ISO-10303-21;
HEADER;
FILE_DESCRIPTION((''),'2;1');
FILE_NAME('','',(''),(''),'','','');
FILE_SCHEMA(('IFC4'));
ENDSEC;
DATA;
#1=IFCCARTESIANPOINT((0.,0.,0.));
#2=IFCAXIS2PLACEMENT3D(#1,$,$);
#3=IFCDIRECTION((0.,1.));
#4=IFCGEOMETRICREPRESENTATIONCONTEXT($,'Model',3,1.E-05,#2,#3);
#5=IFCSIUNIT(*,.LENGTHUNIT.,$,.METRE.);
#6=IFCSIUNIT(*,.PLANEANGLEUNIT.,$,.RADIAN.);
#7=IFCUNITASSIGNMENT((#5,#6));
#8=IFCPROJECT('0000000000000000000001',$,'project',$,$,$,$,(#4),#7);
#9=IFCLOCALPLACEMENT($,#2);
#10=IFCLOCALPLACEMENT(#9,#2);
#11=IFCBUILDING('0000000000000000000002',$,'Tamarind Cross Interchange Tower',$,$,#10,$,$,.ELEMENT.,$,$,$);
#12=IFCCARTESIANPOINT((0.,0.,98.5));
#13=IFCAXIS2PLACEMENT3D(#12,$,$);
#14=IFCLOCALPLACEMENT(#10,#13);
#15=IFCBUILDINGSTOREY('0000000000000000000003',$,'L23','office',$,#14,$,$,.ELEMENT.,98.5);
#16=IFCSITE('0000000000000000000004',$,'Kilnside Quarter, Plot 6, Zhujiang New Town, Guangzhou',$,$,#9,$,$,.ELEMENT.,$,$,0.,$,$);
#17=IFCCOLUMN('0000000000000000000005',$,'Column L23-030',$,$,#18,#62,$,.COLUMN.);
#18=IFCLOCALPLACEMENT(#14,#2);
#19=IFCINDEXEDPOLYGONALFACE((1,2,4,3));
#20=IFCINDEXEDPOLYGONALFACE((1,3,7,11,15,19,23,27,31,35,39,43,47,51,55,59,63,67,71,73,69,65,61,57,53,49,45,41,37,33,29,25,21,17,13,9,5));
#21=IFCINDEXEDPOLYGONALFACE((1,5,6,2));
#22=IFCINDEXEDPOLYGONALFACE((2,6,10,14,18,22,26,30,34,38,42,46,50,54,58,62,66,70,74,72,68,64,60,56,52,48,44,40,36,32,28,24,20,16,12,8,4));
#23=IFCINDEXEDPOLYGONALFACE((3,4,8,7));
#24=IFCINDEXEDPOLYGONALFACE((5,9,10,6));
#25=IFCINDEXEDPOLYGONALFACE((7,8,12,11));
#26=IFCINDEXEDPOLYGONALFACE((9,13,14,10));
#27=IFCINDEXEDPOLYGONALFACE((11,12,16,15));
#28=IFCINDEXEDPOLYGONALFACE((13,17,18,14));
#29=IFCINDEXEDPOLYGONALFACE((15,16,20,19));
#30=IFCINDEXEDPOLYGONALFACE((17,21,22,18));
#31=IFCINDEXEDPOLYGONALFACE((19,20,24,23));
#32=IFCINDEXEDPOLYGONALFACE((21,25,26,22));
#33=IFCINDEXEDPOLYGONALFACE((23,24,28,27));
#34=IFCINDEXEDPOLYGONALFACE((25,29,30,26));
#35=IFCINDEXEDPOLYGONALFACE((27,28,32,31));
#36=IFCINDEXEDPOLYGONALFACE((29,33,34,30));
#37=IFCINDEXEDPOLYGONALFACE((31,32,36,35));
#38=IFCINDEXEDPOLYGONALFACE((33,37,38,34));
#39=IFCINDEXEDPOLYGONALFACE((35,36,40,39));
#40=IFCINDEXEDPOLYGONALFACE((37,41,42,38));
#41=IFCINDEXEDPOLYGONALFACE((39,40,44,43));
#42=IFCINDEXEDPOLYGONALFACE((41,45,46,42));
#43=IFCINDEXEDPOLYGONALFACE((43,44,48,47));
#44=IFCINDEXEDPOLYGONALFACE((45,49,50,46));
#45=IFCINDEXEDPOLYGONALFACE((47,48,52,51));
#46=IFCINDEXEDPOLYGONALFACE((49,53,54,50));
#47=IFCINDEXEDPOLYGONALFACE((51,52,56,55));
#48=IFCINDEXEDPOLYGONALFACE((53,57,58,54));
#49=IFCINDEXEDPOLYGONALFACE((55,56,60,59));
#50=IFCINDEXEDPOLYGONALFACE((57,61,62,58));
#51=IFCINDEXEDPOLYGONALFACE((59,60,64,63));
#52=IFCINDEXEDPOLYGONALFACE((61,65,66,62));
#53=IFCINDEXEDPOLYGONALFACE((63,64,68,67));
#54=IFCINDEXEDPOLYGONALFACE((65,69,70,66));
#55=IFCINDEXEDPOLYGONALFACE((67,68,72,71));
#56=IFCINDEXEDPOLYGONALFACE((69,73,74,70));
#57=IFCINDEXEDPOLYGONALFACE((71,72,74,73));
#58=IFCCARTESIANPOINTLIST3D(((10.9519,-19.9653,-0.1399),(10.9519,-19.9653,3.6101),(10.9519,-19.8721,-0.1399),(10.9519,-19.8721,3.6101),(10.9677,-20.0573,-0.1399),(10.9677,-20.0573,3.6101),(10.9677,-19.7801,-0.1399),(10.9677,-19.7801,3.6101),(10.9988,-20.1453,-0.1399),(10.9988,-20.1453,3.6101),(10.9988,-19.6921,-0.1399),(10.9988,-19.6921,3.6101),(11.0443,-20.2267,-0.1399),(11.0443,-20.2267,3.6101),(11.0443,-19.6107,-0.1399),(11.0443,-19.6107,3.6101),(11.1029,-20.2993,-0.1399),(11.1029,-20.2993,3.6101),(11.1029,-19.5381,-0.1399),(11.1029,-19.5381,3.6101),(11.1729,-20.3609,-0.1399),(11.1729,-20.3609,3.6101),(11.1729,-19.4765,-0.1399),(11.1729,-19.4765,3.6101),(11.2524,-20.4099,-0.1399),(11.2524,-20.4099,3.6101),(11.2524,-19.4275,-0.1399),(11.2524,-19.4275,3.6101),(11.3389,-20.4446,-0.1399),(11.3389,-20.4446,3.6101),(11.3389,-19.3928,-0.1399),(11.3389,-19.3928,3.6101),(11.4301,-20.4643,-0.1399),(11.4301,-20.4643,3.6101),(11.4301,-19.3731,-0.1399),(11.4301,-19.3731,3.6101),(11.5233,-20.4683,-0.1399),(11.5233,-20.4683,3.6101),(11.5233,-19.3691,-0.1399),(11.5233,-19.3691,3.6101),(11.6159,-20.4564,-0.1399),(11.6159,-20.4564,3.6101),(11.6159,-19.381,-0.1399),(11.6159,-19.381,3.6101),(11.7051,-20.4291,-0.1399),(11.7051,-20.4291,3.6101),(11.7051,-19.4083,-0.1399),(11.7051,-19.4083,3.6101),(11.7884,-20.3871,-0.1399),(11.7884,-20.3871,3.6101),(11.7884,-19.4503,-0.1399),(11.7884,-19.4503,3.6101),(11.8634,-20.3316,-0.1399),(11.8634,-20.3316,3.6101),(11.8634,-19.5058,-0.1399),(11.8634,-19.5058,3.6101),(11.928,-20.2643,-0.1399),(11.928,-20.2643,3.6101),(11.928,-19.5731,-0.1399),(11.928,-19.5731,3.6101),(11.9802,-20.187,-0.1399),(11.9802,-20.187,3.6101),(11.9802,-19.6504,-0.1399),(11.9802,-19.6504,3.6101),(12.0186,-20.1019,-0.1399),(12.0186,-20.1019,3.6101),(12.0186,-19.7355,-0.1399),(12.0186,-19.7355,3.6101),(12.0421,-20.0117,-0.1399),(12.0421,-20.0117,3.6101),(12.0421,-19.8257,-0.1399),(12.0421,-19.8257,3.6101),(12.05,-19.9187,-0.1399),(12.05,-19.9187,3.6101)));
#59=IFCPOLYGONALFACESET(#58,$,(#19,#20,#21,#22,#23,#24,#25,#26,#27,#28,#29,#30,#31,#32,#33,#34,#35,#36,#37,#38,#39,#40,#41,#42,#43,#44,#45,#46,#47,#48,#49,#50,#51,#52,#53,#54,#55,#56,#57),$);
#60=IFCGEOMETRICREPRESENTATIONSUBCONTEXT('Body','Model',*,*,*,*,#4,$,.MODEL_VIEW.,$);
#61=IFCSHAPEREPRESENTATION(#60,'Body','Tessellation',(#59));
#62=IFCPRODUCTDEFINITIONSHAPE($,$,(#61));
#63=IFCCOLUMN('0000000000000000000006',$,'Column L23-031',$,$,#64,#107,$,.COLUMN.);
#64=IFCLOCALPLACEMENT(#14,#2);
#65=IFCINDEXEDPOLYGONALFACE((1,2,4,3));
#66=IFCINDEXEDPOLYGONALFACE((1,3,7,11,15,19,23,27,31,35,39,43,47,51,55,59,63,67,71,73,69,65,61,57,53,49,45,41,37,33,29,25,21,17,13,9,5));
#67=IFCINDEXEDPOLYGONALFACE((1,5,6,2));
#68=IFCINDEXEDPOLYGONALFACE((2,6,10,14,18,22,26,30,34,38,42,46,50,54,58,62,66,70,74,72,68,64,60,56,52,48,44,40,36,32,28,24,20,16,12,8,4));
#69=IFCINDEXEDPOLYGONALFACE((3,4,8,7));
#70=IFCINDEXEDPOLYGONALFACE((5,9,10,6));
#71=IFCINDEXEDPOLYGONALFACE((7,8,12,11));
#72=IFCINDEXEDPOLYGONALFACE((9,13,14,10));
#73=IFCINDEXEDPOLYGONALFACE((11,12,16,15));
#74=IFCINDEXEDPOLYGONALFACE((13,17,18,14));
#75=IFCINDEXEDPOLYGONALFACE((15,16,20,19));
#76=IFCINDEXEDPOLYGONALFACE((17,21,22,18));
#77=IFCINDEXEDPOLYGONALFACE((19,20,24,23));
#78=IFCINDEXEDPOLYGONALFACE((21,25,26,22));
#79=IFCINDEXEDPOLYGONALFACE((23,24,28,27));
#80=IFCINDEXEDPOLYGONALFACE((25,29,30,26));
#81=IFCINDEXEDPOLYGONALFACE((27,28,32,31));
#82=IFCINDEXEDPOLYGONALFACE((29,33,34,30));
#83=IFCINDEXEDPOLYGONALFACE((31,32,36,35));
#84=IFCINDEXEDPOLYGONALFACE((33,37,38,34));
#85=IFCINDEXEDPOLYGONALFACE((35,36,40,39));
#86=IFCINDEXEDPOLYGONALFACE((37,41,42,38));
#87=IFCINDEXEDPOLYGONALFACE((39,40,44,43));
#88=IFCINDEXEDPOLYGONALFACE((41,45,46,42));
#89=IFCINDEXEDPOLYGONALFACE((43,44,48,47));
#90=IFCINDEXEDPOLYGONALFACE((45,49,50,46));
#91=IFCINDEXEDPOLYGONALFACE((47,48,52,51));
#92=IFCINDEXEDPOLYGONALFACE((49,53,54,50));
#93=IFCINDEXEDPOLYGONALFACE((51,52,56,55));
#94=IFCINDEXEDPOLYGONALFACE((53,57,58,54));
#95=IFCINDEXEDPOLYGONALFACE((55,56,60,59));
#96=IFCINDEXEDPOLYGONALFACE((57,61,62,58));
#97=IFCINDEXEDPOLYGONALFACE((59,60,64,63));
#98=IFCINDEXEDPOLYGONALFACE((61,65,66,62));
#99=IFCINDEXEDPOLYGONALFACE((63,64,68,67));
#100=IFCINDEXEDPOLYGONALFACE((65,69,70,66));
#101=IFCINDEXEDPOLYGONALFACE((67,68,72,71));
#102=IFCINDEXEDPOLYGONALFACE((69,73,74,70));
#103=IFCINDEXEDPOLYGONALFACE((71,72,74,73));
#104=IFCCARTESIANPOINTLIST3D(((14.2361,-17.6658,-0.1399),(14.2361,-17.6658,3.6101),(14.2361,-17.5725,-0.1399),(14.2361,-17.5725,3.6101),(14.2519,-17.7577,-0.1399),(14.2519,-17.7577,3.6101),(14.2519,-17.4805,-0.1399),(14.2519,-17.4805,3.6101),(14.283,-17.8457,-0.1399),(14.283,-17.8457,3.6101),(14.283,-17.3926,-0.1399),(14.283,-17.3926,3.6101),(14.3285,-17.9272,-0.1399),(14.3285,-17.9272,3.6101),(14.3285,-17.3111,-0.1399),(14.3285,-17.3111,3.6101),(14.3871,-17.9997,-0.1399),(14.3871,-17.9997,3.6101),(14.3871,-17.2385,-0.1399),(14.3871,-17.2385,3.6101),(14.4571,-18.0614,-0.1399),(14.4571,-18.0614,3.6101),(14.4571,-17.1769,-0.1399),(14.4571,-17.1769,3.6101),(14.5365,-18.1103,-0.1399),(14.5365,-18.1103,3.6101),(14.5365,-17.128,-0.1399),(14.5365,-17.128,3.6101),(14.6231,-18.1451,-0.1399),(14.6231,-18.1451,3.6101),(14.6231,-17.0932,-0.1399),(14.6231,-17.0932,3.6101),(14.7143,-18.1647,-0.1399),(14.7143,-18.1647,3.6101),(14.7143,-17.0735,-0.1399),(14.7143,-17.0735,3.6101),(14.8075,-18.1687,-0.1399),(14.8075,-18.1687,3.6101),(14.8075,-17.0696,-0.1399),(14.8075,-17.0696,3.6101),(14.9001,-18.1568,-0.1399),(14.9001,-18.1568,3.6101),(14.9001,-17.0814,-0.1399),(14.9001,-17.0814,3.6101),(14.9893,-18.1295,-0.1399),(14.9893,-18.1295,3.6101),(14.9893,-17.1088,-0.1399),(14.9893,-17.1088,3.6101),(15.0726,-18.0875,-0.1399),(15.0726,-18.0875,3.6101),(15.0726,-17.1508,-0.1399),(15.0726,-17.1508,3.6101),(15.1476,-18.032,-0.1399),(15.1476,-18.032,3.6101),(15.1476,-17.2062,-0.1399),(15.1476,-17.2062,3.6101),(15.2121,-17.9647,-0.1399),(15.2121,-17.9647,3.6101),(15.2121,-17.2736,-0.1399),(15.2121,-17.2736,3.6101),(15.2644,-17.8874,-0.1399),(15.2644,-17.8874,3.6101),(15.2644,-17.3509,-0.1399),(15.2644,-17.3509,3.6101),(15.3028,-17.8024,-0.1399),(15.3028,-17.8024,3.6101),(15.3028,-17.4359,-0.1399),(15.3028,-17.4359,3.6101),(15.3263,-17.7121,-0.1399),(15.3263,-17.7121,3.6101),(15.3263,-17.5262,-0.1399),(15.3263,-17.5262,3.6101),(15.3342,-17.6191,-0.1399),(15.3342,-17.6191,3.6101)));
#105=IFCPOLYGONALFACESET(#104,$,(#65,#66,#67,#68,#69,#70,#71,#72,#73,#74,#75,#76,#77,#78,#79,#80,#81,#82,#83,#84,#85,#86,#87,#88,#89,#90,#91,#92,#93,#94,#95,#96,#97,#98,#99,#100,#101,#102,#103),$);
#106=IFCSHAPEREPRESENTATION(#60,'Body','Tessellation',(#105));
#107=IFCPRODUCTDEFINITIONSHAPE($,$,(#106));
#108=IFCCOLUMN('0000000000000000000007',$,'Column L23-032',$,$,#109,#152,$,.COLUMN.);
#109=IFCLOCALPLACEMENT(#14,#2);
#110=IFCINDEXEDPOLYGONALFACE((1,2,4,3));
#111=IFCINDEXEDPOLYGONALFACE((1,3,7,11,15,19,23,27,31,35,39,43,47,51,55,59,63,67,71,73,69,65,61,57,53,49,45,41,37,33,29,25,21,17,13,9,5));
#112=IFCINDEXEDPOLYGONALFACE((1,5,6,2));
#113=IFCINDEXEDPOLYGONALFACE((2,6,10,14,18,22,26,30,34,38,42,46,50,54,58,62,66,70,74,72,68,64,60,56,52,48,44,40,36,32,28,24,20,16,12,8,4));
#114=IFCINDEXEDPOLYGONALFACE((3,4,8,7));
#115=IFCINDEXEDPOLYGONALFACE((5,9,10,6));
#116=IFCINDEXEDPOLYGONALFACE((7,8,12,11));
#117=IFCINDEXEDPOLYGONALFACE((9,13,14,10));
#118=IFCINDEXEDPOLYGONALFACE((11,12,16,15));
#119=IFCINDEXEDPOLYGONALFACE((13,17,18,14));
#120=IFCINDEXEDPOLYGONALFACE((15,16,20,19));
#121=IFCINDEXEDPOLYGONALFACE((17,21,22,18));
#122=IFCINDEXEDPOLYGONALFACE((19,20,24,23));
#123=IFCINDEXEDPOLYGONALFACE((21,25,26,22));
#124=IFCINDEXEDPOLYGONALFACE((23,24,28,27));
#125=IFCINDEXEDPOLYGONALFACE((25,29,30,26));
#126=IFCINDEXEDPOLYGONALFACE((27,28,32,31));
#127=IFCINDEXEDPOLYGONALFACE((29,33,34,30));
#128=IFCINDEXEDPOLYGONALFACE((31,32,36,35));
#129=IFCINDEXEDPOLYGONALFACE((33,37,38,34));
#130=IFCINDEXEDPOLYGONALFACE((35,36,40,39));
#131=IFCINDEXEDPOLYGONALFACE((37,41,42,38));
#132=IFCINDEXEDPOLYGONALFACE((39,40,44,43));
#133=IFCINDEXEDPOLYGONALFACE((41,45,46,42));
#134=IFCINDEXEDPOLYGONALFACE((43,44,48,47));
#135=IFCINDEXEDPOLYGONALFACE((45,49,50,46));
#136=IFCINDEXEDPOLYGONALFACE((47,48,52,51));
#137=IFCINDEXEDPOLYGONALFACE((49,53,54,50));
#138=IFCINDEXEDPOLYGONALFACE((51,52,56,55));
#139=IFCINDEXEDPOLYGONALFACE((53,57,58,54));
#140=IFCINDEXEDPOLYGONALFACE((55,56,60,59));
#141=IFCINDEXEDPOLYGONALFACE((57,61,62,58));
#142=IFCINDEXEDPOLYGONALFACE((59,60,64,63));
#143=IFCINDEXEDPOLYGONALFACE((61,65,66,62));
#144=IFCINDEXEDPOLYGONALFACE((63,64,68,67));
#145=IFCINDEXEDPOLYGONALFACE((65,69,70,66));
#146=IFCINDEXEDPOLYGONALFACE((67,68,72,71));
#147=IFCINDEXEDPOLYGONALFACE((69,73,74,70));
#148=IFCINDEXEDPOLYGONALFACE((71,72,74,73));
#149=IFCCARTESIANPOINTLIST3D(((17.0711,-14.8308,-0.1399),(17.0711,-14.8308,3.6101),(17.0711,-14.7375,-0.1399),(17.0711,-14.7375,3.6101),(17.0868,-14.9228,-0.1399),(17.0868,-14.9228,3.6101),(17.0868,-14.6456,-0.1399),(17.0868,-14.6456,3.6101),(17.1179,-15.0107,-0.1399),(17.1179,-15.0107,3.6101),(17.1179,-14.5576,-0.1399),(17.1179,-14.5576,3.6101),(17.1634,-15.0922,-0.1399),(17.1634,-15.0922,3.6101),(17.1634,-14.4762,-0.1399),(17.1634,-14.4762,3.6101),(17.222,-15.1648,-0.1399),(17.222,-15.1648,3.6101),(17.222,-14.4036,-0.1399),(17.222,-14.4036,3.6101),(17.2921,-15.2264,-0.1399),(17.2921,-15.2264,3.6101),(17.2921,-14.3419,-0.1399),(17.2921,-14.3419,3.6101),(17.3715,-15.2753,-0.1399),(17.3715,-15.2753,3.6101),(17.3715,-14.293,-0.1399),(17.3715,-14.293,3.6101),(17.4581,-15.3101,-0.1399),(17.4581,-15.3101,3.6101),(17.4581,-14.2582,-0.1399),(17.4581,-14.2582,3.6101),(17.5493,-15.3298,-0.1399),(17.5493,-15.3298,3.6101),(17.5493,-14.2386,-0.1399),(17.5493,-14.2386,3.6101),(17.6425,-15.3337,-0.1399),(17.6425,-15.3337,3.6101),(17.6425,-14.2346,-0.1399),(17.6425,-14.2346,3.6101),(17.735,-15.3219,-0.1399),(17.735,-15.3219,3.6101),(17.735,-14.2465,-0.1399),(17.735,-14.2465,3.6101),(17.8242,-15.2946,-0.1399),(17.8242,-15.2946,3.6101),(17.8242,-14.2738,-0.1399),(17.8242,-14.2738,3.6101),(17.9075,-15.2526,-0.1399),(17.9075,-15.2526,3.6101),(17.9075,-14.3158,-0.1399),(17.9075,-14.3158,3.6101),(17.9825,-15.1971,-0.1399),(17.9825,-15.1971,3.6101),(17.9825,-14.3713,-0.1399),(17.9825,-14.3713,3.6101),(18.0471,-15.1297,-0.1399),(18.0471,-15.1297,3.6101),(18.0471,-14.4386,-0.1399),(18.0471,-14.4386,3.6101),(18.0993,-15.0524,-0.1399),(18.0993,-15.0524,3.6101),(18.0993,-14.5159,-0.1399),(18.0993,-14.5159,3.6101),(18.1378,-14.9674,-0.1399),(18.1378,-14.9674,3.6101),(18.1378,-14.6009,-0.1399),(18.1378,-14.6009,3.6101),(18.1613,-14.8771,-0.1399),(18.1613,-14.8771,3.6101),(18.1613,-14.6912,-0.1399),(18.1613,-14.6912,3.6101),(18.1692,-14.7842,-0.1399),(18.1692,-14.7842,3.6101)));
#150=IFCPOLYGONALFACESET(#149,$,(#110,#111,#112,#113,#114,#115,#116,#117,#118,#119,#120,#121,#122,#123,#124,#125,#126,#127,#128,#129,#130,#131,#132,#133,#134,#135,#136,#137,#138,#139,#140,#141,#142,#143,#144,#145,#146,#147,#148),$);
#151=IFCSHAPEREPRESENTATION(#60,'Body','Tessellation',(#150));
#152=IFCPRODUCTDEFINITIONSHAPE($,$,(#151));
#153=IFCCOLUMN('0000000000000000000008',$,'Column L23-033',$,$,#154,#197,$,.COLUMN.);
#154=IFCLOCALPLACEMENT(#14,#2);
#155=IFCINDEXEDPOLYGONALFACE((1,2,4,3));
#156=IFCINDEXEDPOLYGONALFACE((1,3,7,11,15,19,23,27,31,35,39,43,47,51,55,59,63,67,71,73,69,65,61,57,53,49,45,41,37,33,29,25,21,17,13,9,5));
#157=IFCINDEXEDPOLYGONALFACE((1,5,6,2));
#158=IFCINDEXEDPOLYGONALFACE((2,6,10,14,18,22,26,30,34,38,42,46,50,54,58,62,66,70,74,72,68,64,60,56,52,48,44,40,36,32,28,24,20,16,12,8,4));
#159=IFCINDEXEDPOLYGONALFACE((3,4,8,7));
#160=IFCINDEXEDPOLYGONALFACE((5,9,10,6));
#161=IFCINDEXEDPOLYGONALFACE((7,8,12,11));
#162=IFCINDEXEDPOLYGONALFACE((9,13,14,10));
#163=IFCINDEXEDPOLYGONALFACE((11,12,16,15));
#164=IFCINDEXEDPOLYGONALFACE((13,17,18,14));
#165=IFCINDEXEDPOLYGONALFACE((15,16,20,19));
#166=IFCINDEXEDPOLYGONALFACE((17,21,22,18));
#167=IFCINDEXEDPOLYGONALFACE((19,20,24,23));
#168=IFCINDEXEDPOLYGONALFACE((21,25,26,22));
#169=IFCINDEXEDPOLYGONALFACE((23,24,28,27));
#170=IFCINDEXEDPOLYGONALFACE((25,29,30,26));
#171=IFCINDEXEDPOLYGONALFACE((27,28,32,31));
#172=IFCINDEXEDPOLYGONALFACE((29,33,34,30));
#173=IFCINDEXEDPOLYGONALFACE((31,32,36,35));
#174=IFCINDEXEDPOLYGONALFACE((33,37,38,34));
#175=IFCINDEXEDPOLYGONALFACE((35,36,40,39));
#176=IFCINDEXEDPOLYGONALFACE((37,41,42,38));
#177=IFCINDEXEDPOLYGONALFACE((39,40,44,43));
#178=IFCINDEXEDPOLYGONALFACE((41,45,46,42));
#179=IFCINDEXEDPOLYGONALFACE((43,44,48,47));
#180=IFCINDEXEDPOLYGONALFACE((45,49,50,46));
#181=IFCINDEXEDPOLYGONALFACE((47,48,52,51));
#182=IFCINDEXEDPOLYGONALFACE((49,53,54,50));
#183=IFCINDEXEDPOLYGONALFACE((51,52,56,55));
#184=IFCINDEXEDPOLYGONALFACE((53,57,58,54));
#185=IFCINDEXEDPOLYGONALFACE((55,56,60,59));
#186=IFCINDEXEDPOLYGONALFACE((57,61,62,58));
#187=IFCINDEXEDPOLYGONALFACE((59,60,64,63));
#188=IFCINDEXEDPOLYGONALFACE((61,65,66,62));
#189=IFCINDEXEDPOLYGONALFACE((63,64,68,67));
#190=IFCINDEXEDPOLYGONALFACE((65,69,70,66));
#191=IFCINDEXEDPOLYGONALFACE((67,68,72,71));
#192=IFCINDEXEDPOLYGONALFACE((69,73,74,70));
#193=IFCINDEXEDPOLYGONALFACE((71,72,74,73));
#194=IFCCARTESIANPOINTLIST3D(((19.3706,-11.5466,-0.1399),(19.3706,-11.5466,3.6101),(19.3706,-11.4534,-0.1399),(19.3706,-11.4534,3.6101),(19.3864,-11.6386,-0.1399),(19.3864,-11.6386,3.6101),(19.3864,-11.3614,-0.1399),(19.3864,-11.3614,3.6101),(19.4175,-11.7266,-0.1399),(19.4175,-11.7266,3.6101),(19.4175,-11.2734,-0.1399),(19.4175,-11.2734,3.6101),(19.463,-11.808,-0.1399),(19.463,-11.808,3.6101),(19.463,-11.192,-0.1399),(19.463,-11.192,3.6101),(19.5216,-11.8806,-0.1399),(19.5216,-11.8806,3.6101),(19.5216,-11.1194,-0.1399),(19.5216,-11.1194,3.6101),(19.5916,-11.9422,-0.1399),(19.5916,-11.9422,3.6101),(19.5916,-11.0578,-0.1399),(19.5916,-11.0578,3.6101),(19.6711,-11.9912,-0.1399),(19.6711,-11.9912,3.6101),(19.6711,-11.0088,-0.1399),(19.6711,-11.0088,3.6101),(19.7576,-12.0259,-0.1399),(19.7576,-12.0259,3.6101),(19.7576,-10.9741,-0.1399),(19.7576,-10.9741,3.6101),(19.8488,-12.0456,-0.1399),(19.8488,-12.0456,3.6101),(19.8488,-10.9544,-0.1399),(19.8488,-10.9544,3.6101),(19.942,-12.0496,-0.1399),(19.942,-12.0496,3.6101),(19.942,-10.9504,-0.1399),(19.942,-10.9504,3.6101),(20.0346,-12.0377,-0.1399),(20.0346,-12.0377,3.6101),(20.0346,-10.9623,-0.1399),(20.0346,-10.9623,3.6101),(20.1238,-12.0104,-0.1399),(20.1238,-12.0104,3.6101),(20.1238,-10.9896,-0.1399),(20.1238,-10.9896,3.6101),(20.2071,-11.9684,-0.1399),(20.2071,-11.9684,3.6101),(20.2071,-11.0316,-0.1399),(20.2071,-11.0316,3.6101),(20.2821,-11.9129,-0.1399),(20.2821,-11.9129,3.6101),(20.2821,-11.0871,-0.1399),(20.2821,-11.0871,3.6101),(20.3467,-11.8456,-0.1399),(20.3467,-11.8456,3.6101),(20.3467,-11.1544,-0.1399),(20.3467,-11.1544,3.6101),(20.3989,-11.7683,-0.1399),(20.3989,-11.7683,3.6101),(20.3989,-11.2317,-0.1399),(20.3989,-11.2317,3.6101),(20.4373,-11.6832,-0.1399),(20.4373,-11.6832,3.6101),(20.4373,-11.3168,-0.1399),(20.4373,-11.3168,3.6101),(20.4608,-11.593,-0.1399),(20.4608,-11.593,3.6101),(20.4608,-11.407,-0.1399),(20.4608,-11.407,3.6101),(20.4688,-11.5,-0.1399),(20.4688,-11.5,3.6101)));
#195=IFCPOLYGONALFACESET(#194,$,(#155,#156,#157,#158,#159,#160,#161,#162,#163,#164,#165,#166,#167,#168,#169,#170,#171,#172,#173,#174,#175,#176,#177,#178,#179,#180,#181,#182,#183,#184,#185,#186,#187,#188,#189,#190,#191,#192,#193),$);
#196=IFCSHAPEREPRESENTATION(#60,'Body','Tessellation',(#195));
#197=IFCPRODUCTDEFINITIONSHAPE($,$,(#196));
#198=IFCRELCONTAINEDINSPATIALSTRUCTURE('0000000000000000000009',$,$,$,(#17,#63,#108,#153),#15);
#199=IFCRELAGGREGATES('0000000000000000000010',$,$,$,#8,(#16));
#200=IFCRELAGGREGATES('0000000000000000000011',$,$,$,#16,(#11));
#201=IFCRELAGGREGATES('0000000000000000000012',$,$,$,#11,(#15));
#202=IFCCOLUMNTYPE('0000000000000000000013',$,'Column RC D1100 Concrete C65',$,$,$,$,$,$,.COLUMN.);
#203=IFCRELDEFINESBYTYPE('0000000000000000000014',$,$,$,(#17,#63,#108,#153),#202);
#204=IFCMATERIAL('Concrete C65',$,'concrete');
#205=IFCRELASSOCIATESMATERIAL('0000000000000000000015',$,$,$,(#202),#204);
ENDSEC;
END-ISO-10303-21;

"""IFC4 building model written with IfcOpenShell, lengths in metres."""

from ifc_helpers import new_model, si_unit, direction, frame, origin, origin_2d, place, context, subcontext, project, spatial, circle, extrude, material, material_profile, profile_set, type_object, element, save


model = new_model("IFC4")

# Units and contexts
model_context = context("Model", 3, precision=1e-05, world=origin(), true_north=direction((0.0, 1.0)))
body_context = subcontext(model_context, "Body", "Model", "MODEL_VIEW")
ifc_project = project(units=[si_unit("LENGTHUNIT", "METRE"), si_unit("PLANEANGLEUNIT", "RADIAN")], contexts=[model_context])

# Site, building, storey
site_placement = place(None, origin())
site = spatial("IfcSite", under=ifc_project, at=site_placement, Name="Kilnside Quarter, Plot 6, Zhujiang New Town, Guangzhou", CompositionType="ELEMENT", RefElevation=0.0)
building_placement = place(site_placement, origin())
building = spatial("IfcBuilding", under=site, at=building_placement, Name="Tamarind Cross Interchange Tower", CompositionType="ELEMENT")
storey_placement = place(building_placement, frame((0.0, 0.0, 98.5)))
storey = spatial("IfcBuildingStorey", under=building, at=storey_placement, Name="L23", Description="office", CompositionType="ELEMENT", Elevation=98.5)

# Columns
ifc_material_1 = material(Name="Concrete C65", Category="concrete")
ifc_material_profile_1 = material_profile(ifc_material_1, circle(Radius=0.55, at=origin_2d()), Name="RC D1100")
ifc_profile_set_1 = profile_set([ifc_material_profile_1], Name="Concrete C65")
column_type = type_object("IfcColumnType", Name="Column RC D1100 Concrete C65", PredefinedType="COLUMN", material=ifc_profile_set_1)
for number, where, z_axis, x_axis, name in (
    (1, (11.5, -19.9187, -0.1399), (0.0, 0.0, 1.0), (1.0, 0.0, 0.0), "Column L23-030"),
    (2, (14.7842, -17.6191, -0.1399), (0.0, 0.0, 1.0), (1.0, 0.0, 0.0), "Column L23-031"),
    (3, (17.6191, -14.7842, -0.1399), (0.0, 0.0, 1.0), (1.0, 0.0, 0.0), "Column L23-032"),
    (4, (19.9187, -11.5, -0.1399), (0.0, 0.0, 1.0), (1.0, 0.0, 0.0), "Column L23-033"),
):
    element("IfcColumn", number, at=place(storey_placement, frame(where, z_axis=z_axis, x_axis=x_axis)), inside=storey, type_object=column_type, Name=name, PredefinedType="COLUMN", context=body_context, shape_type="SweptSolid", body=[
        extrude(circle(Radius=0.55, at=origin_2d()), origin(), (0.0, 0.0, 1.0), 3.75),
    ])

save(model, "model.ifc")
